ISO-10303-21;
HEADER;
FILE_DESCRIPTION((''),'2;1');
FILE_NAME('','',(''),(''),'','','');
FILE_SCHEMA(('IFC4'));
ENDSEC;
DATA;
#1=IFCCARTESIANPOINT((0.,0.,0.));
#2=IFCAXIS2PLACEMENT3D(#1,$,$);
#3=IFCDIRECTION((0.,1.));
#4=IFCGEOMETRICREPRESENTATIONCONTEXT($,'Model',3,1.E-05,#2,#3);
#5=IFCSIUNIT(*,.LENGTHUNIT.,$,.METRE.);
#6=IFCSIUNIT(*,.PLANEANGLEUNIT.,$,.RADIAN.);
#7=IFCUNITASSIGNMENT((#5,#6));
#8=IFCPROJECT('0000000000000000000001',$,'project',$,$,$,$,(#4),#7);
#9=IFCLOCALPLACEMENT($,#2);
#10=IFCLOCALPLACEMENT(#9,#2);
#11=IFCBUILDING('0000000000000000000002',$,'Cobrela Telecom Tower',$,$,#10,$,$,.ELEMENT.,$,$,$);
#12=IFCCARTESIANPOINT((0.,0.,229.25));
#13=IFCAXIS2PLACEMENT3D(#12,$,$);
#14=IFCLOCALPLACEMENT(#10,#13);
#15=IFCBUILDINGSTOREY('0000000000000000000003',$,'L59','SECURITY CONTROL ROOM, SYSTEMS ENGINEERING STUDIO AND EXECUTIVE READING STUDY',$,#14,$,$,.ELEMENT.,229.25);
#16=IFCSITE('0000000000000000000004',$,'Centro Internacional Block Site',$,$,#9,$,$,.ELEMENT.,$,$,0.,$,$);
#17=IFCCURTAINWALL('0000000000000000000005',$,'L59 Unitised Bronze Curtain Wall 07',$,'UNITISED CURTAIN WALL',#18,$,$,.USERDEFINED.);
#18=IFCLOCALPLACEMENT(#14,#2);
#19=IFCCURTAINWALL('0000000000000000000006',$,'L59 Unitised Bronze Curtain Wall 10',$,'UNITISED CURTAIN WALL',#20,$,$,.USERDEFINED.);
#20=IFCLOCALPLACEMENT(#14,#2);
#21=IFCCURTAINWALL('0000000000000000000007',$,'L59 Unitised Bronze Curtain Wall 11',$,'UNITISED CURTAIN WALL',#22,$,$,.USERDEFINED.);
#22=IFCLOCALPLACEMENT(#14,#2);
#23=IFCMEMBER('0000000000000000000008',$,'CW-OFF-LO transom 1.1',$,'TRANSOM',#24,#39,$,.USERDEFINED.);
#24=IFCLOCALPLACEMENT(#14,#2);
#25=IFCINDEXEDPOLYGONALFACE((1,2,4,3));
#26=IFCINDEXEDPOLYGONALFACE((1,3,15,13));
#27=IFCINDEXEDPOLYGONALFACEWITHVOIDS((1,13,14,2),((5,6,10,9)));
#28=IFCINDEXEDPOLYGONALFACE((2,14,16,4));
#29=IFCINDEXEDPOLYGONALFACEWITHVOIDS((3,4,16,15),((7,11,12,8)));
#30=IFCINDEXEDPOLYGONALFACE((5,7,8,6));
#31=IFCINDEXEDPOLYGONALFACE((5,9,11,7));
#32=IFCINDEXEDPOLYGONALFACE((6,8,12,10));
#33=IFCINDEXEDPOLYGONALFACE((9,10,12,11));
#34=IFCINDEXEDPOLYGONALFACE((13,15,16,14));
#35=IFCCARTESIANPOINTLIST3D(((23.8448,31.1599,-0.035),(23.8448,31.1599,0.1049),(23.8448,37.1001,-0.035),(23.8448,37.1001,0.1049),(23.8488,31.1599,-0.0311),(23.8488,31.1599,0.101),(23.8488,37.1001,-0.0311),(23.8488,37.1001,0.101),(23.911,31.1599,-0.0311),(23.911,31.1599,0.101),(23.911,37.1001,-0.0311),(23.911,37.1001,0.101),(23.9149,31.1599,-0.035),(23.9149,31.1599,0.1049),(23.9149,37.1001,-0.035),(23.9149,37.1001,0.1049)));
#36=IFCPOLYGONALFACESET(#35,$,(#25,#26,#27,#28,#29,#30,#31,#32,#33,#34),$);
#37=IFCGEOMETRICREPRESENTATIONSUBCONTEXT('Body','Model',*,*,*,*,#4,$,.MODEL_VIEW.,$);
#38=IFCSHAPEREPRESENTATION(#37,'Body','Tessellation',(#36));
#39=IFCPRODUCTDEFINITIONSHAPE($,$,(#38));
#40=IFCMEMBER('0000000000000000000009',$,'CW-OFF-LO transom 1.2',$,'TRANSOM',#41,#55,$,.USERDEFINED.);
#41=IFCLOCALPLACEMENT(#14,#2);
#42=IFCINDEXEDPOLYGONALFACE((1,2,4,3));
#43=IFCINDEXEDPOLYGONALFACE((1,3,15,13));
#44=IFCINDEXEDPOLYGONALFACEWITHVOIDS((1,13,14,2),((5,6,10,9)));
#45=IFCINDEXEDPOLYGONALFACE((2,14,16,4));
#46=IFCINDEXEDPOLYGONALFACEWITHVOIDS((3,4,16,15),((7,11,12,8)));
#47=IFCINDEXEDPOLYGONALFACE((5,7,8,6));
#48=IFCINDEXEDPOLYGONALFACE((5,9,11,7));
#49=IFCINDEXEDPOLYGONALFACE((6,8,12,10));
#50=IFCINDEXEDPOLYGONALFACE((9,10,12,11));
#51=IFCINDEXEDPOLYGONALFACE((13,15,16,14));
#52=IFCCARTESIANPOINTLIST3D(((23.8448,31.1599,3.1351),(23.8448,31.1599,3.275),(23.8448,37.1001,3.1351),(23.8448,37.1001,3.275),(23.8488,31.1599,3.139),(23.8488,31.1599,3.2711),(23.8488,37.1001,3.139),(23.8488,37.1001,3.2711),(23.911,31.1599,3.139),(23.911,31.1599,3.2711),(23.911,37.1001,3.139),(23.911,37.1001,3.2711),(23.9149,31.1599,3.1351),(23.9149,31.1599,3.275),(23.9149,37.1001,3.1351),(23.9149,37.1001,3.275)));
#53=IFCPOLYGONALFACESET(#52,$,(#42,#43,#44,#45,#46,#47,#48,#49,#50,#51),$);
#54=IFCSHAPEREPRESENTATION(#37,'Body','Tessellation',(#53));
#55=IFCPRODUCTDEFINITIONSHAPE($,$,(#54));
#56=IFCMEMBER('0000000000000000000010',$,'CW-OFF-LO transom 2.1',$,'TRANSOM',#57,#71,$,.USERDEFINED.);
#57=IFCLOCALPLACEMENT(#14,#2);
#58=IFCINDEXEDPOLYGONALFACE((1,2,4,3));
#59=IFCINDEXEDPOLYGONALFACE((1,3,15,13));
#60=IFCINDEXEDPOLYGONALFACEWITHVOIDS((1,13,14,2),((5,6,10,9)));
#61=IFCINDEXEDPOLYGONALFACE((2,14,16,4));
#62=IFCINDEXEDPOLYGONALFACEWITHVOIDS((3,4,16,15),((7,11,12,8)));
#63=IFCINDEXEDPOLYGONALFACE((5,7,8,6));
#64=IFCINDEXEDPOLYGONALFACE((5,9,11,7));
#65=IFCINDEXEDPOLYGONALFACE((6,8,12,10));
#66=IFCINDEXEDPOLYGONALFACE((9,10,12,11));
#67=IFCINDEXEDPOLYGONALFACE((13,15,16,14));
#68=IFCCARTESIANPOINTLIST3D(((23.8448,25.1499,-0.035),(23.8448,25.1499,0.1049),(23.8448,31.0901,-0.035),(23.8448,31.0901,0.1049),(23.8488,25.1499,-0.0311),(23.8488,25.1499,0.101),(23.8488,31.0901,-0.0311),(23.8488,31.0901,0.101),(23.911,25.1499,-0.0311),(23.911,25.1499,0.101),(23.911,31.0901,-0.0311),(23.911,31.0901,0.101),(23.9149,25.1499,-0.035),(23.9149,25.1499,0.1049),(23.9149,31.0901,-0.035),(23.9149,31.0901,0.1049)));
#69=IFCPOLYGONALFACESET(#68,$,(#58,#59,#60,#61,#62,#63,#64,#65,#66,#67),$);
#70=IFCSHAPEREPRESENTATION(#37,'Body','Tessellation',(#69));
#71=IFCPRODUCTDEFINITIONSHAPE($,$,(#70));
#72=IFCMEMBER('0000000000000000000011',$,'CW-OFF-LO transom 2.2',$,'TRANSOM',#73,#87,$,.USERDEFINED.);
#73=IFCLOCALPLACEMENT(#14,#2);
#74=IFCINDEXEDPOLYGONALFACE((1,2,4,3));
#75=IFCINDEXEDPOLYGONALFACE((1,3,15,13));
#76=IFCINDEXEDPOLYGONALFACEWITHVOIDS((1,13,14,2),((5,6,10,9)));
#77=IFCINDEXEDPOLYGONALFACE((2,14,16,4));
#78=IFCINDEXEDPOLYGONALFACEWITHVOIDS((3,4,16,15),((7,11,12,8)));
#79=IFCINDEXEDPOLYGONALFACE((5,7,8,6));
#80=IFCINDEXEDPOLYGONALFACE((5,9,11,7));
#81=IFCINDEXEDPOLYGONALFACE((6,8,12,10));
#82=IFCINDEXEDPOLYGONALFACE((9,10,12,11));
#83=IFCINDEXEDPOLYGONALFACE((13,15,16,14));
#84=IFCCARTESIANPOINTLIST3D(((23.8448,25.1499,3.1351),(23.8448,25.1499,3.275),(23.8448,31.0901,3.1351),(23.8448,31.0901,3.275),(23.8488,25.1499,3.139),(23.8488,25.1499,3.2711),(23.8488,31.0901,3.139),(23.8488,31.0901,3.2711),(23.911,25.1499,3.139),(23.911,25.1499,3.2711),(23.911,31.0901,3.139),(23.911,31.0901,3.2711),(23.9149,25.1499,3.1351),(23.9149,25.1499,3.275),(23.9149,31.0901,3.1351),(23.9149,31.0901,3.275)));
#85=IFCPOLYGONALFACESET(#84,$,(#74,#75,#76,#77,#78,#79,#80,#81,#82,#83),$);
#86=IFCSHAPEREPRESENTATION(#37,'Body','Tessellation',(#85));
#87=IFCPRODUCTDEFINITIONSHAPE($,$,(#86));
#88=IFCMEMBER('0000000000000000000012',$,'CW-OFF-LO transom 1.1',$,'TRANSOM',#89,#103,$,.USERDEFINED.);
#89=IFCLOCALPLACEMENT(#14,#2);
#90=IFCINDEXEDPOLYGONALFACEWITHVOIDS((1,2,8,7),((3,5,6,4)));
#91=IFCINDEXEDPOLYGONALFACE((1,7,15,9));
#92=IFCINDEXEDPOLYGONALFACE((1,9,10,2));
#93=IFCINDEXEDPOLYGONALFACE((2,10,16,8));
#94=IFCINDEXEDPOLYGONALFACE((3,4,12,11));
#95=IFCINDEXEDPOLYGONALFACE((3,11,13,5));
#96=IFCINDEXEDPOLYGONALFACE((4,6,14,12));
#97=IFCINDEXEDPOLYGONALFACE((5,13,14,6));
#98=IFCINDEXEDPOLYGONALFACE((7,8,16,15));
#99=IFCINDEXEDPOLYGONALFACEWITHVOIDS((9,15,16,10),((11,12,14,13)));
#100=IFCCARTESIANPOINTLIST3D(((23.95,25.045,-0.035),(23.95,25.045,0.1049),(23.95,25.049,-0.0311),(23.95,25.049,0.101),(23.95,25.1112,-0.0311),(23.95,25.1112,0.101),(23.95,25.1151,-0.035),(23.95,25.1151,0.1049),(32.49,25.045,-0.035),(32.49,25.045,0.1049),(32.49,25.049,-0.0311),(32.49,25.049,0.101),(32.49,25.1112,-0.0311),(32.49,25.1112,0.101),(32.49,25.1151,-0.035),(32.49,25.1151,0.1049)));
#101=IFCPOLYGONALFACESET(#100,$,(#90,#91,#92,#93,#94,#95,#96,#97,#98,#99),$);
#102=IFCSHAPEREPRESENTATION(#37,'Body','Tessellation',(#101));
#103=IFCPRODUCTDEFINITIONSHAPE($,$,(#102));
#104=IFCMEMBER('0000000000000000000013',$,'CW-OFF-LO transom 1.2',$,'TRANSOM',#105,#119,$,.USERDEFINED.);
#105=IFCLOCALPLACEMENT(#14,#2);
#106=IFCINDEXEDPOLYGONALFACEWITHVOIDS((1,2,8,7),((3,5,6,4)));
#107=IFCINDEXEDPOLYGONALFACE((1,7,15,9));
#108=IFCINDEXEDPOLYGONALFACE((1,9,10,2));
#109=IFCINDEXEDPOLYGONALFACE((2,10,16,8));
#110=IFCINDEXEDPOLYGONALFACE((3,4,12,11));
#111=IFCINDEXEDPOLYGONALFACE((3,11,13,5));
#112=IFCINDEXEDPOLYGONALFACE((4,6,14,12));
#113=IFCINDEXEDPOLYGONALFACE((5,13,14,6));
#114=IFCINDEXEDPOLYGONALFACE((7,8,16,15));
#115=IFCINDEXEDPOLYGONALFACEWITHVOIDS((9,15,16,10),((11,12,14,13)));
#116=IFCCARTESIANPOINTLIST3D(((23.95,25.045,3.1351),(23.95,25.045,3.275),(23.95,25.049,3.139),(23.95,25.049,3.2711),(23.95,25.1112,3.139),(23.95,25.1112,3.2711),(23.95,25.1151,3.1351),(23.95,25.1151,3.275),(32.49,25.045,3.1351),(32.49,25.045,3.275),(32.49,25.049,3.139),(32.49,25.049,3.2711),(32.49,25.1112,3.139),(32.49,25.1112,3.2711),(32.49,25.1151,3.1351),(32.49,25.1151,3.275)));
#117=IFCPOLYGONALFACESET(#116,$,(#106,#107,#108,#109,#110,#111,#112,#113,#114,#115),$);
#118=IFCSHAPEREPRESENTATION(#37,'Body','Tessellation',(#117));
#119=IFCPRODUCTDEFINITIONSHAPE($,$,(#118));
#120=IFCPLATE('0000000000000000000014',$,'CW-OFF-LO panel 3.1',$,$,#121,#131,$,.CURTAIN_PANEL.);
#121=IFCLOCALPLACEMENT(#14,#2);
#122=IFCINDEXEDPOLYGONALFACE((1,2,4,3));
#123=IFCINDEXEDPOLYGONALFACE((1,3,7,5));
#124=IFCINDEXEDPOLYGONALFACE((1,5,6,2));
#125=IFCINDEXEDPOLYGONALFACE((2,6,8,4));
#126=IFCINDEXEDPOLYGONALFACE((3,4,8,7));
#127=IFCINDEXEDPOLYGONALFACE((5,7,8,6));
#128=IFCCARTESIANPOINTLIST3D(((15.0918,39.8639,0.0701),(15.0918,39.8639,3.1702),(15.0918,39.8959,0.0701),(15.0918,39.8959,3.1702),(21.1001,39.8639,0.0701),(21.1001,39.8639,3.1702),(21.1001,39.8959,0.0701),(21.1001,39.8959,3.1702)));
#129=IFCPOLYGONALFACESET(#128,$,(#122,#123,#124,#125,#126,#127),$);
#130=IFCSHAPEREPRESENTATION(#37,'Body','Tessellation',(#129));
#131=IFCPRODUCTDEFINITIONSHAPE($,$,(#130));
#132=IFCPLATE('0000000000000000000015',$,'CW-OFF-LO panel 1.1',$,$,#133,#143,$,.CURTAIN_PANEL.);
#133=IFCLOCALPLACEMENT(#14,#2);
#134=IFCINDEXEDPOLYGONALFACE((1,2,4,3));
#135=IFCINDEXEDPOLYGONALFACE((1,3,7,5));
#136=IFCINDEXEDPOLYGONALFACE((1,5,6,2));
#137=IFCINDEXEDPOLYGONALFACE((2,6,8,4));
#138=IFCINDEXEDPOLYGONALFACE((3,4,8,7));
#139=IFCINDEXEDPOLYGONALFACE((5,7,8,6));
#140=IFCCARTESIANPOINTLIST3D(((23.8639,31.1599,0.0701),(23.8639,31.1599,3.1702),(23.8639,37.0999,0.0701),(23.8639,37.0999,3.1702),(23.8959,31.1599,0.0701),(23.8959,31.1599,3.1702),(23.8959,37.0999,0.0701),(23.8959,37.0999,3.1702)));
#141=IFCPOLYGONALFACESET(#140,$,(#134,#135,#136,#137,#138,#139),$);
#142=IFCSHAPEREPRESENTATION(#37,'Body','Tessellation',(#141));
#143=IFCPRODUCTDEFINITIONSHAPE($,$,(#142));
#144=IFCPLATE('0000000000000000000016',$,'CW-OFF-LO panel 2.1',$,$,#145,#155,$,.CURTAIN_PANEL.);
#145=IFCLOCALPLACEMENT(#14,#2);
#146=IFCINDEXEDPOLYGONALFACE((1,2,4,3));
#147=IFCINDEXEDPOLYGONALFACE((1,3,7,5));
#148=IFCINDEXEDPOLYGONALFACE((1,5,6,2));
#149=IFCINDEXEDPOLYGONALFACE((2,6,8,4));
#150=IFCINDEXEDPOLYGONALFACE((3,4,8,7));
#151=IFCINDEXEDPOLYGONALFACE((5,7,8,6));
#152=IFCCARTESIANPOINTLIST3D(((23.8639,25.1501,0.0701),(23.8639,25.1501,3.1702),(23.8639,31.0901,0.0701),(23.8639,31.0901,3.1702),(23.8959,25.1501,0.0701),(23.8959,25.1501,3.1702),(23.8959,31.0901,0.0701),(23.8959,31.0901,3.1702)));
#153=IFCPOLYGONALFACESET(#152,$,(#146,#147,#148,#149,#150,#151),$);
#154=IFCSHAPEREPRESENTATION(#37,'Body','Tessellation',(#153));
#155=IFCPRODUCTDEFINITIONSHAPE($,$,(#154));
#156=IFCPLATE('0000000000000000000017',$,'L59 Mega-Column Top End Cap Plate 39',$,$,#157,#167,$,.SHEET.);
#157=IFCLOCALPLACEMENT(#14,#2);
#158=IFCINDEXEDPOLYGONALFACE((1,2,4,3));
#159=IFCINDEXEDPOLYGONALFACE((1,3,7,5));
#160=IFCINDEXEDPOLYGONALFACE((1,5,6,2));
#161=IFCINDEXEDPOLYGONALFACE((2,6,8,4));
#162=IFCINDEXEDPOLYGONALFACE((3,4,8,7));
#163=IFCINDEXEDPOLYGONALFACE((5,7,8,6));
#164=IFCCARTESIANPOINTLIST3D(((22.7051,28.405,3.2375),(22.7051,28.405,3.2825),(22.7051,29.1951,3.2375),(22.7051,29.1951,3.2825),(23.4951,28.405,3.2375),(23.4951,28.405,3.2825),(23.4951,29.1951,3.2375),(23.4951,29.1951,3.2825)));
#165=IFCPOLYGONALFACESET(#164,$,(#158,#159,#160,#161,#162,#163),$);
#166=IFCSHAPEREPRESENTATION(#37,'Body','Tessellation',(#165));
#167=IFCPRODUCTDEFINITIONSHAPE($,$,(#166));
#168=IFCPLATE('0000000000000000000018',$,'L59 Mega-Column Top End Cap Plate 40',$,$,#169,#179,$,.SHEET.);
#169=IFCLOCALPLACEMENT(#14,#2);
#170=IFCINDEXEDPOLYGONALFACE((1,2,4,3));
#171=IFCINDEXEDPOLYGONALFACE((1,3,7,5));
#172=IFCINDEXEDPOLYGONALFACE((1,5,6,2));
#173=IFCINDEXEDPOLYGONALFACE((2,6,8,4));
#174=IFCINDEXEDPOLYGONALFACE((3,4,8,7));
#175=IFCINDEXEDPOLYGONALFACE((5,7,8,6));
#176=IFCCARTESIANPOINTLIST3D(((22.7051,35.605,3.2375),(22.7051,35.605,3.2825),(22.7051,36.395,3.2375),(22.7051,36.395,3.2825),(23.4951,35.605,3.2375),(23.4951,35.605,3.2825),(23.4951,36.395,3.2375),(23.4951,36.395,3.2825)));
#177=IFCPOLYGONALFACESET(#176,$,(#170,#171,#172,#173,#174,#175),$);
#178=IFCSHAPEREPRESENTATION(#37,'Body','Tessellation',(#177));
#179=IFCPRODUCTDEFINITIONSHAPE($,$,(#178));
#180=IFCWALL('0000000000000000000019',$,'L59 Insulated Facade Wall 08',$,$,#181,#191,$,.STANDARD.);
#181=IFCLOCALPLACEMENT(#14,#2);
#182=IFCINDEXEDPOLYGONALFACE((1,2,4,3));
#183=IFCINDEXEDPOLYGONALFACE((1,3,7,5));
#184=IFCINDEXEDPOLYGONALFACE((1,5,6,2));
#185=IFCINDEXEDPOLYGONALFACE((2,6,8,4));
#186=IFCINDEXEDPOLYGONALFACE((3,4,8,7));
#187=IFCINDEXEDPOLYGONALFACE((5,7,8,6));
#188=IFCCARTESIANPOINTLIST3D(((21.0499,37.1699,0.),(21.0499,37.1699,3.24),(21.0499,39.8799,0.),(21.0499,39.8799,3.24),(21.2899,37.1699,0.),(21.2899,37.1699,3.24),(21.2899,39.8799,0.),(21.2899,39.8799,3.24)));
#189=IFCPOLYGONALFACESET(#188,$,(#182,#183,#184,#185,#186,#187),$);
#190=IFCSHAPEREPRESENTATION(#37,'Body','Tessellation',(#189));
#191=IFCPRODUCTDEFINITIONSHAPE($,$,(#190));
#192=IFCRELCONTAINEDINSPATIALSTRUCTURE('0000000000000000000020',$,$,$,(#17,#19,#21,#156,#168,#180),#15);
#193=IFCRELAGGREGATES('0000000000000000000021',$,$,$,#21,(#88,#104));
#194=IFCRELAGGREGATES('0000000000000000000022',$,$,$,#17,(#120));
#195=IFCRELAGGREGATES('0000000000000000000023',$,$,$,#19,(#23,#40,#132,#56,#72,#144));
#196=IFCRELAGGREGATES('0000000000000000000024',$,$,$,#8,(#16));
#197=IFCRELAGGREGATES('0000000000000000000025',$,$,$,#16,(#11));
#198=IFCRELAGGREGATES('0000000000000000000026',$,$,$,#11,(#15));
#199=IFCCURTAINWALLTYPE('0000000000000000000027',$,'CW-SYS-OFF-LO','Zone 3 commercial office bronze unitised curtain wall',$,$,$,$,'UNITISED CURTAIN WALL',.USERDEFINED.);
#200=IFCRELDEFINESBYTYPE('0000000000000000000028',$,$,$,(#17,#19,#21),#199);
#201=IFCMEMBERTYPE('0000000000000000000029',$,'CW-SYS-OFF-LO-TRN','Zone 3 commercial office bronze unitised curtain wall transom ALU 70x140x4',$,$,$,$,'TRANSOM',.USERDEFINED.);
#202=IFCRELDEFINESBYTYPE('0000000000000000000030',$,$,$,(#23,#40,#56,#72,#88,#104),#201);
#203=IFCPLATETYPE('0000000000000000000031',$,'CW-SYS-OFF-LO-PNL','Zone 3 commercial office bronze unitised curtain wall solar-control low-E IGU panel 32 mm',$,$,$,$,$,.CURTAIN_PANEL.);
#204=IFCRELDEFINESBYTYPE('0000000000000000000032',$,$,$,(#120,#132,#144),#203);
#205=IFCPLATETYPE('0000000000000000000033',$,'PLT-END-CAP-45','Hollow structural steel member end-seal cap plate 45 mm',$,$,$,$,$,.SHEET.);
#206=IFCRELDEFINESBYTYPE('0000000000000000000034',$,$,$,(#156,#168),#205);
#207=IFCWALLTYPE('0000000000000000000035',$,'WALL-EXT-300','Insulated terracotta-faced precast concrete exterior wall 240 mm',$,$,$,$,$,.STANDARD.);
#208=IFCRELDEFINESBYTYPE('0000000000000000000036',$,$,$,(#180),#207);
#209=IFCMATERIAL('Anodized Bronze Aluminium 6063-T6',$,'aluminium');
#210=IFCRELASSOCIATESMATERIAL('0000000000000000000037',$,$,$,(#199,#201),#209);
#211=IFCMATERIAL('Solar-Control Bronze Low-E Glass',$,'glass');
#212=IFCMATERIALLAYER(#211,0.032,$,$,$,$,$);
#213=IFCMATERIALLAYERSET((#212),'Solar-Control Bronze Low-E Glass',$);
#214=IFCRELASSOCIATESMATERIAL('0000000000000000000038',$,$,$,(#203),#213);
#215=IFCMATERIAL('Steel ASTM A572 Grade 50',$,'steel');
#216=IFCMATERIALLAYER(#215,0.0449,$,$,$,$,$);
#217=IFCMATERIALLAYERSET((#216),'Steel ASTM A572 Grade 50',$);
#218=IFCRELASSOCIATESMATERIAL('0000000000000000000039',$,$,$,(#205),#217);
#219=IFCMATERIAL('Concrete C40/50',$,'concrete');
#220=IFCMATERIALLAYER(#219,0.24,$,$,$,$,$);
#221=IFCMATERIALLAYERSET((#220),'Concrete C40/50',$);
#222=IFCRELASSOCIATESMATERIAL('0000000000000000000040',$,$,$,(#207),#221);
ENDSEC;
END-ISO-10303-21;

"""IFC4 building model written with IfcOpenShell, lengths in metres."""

from ifc_helpers import new_model, si_unit, direction, frame, frame_2d, origin, origin_2d, place, context, subcontext, project, spatial, rectangle, hollow_rectangle, extrude, material, layer, layer_set, material_profile, profile_set, type_object, element, aggregate, save


model = new_model("IFC4")

# Units and contexts
model_context = context("Model", 3, precision=1e-05, world=origin(), true_north=direction((0.0, 1.0)))
body_context = subcontext(model_context, "Body", "Model", "MODEL_VIEW")
ifc_project = project(units=[si_unit("LENGTHUNIT", "METRE"), si_unit("PLANEANGLEUNIT", "RADIAN")], contexts=[model_context])

# Site, building, storey
site_placement = place(None, origin())
site = spatial("IfcSite", under=ifc_project, at=site_placement, Name="Centro Internacional Block Site", CompositionType="ELEMENT", RefElevation=0.0)
building_placement = place(site_placement, origin())
building = spatial("IfcBuilding", under=site, at=building_placement, Name="Cobrela Telecom Tower", CompositionType="ELEMENT")
storey_placement = place(building_placement, frame((0.0, 0.0, 229.25)))
storey = spatial("IfcBuildingStorey", under=building, at=storey_placement, Name="L59", Description="SECURITY CONTROL ROOM, SYSTEMS ENGINEERING STUDIO AND EXECUTIVE READING STUDY", CompositionType="ELEMENT", Elevation=229.25)

# Shared definitions
ifc_material_1 = material(Name="Steel ASTM A572 Grade 50", Category="steel")

# Curtain wall
ifc_material_2 = material(Name="Anodized Bronze Aluminium 6063-T6", Category="aluminium")
curtain_wall_type = type_object("IfcCurtainWallType", Name="CW-SYS-OFF-LO", Description="Zone 3 commercial office bronze unitised curtain wall", ElementType="UNITISED CURTAIN WALL", PredefinedType="USERDEFINED", material=ifc_material_2)
curtain_wall_1_placement = place(storey_placement, origin())
curtain_wall_1 = element("IfcCurtainWall", 1, at=curtain_wall_1_placement, inside=storey, type_object=curtain_wall_type, Name="L59 Unitised Bronze Curtain Wall 07", ObjectType="UNITISED CURTAIN WALL", PredefinedType="USERDEFINED")

# Curtain wall
curtain_wall_2_placement = place(storey_placement, origin())
curtain_wall_2 = element("IfcCurtainWall", 2, at=curtain_wall_2_placement, inside=storey, type_object=curtain_wall_type, Name="L59 Unitised Bronze Curtain Wall 10", ObjectType="UNITISED CURTAIN WALL", PredefinedType="USERDEFINED")

# Curtain wall
curtain_wall_3_placement = place(storey_placement, origin())
curtain_wall_3 = element("IfcCurtainWall", 3, at=curtain_wall_3_placement, inside=storey, type_object=curtain_wall_type, Name="L59 Unitised Bronze Curtain Wall 11", ObjectType="UNITISED CURTAIN WALL", PredefinedType="USERDEFINED")

# Members
ifc_material_profile_1 = material_profile(ifc_material_2, hollow_rectangle(XDim=0.0701, YDim=0.1399, WallThickness=0.0039, at=origin_2d()), Name="ALU 70x140x4")
ifc_profile_set_1 = profile_set([ifc_material_profile_1], Name="Anodized Bronze Aluminium 6063-T6")
member_type_1 = type_object("IfcMemberType", Name="CW-SYS-OFF-LO-TRN", Description="Zone 3 commercial office bronze unitised curtain wall transom ALU 70x140x4", ElementType="TRANSOM", PredefinedType="USERDEFINED", material=ifc_profile_set_1)
member_1_placement = place(storey_placement, frame((23.8799, 37.1001, 0.0349), z_axis=(0.0, -1.0, 0.0), x_axis=(1.0, 0.0, 0.0)))
member_1 = element("IfcMember", 4, at=member_1_placement, type_object=member_type_1, Name="CW-OFF-LO transom 1.1", ObjectType="TRANSOM", PredefinedType="USERDEFINED", context=body_context, shape_type="SweptSolid", body=[
    extrude(hollow_rectangle(XDim=0.0701, YDim=0.1399, WallThickness=0.0039, at=origin_2d()), origin(), (0.0, 0.0, 1.0), 5.9402),
])
member_2_placement = place(storey_placement, frame((23.8799, 37.1001, 3.2051), z_axis=(0.0, -1.0, 0.0), x_axis=(1.0, 0.0, 0.0)))
member_2 = element("IfcMember", 5, at=member_2_placement, type_object=member_type_1, Name="CW-OFF-LO transom 1.2", ObjectType="TRANSOM", PredefinedType="USERDEFINED", context=body_context, shape_type="SweptSolid", body=[
    extrude(hollow_rectangle(XDim=0.0701, YDim=0.1399, WallThickness=0.0039, at=origin_2d()), origin(), (0.0, 0.0, 1.0), 5.9402),
])
member_3_placement = place(storey_placement, frame((23.8799, 31.0901, 0.0349), z_axis=(0.0, -1.0, 0.0), x_axis=(1.0, 0.0, 0.0)))
member_3 = element("IfcMember", 6, at=member_3_placement, type_object=member_type_1, Name="CW-OFF-LO transom 2.1", ObjectType="TRANSOM", PredefinedType="USERDEFINED", context=body_context, shape_type="SweptSolid", body=[
    extrude(hollow_rectangle(XDim=0.0701, YDim=0.1399, WallThickness=0.0039, at=origin_2d()), origin(), (0.0, 0.0, 1.0), 5.9402),
])
member_4_placement = place(storey_placement, frame((23.8799, 31.0901, 3.2051), z_axis=(0.0, -1.0, 0.0), x_axis=(1.0, 0.0, 0.0)))
member_4 = element("IfcMember", 7, at=member_4_placement, type_object=member_type_1, Name="CW-OFF-LO transom 2.2", ObjectType="TRANSOM", PredefinedType="USERDEFINED", context=body_context, shape_type="SweptSolid", body=[
    extrude(hollow_rectangle(XDim=0.0701, YDim=0.1399, WallThickness=0.0039, at=origin_2d()), origin(), (0.0, 0.0, 1.0), 5.9402),
])
member_5_placement = place(storey_placement, frame((23.95, 25.0801, 0.0349), z_axis=(1.0, 0.0, 0.0), x_axis=(0.0, 1.0, 0.0)))
member_5 = element("IfcMember", 8, at=member_5_placement, type_object=member_type_1, Name="CW-OFF-LO transom 1.1", ObjectType="TRANSOM", PredefinedType="USERDEFINED", context=body_context, shape_type="SweptSolid", body=[
    extrude(hollow_rectangle(XDim=0.0701, YDim=0.1399, WallThickness=0.0039, at=origin_2d()), origin(), (0.0, 0.0, 1.0), 8.54),
])
member_6_placement = place(storey_placement, frame((23.95, 25.0801, 3.2051), z_axis=(1.0, 0.0, 0.0), x_axis=(0.0, 1.0, 0.0)))
member_6 = element("IfcMember", 9, at=member_6_placement, type_object=member_type_1, Name="CW-OFF-LO transom 1.2", ObjectType="TRANSOM", PredefinedType="USERDEFINED", context=body_context, shape_type="SweptSolid", body=[
    extrude(hollow_rectangle(XDim=0.0701, YDim=0.1399, WallThickness=0.0039, at=origin_2d()), origin(), (0.0, 0.0, 1.0), 8.54),
])
aggregate(curtain_wall_3, [member_5, member_6])

# Plates
ifc_material_3 = material(Name="Solar-Control Bronze Low-E Glass", Category="glass")
ifc_layer_1 = layer(ifc_material_3, 0.032)
ifc_layer_set_1 = layer_set([ifc_layer_1], Name="Solar-Control Bronze Low-E Glass")
plate_type_1 = type_object("IfcPlateType", Name="CW-SYS-OFF-LO-PNL", Description="Zone 3 commercial office bronze unitised curtain wall solar-control low-E IGU panel 32 mm", PredefinedType="CURTAIN_PANEL", material=ifc_layer_set_1)
plate_1_placement = place(storey_placement, frame((18.0959, 39.8799, 0.0701), z_axis=(0.0, 0.0, 1.0), x_axis=(1.0, 0.0, 0.0)))
plate_1 = element("IfcPlate", 10, at=plate_1_placement, type_object=plate_type_1, Name="CW-OFF-LO panel 3.1", PredefinedType="CURTAIN_PANEL", context=body_context, shape_type="SweptSolid", body=[
    extrude(rectangle(XDim=6.0083, YDim=0.032, at=origin_2d()), origin(), (0.0, 0.0, 1.0), 3.1001),
])
aggregate(curtain_wall_1, [plate_1])
plate_2_placement = place(storey_placement, frame((23.8799, 34.1299, 0.0701), z_axis=(0.0, 0.0, 1.0), x_axis=(0.0, -1.0, 0.0)))
plate_2 = element("IfcPlate", 11, at=plate_2_placement, type_object=plate_type_1, Name="CW-OFF-LO panel 1.1", PredefinedType="CURTAIN_PANEL", context=body_context, shape_type="SweptSolid", body=[
    extrude(rectangle(XDim=5.9399, YDim=0.032, at=origin_2d()), origin(), (0.0, 0.0, 1.0), 3.1001),
])
plate_3_placement = place(storey_placement, frame((23.8799, 28.1201, 0.0701), z_axis=(0.0, 0.0, 1.0), x_axis=(0.0, -1.0, 0.0)))
plate_3 = element("IfcPlate", 12, at=plate_3_placement, type_object=plate_type_1, Name="CW-OFF-LO panel 2.1", PredefinedType="CURTAIN_PANEL", context=body_context, shape_type="SweptSolid", body=[
    extrude(rectangle(XDim=5.9399, YDim=0.032, at=origin_2d()), origin(), (0.0, 0.0, 1.0), 3.1001),
])
aggregate(curtain_wall_2, [member_1, member_2, plate_2, member_3, member_4, plate_3])

# Plates
ifc_layer_2 = layer(ifc_material_1, 0.0449)
ifc_layer_set_2 = layer_set([ifc_layer_2], Name="Steel ASTM A572 Grade 50")
plate_type_2 = type_object("IfcPlateType", Name="PLT-END-CAP-45", Description="Hollow structural steel member end-seal cap plate 45 mm", PredefinedType="SHEET", material=ifc_layer_set_2)
for number, where, z_axis, x_axis, name in (
    (13, (23.1001, 28.8, 3.2375), (0.0, 0.0, 1.0), (1.0, 0.0, 0.0), "L59 Mega-Column Top End Cap Plate 39"),
    (14, (23.1001, 36.0, 3.2375), (0.0, 0.0, 1.0), (1.0, 0.0, 0.0), "L59 Mega-Column Top End Cap Plate 40"),
):
    element("IfcPlate", number, at=place(storey_placement, frame(where, z_axis=z_axis, x_axis=x_axis)), inside=storey, type_object=plate_type_2, Name=name, PredefinedType="SHEET", context=body_context, shape_type="SweptSolid", body=[
        extrude(rectangle(XDim=0.79, YDim=0.79, at=origin_2d()), origin(), (0.0, 0.0, 1.0), 0.0449),
    ])

# Wall
ifc_material_4 = material(Name="Concrete C40/50", Category="concrete")
ifc_layer_3 = layer(ifc_material_4, 0.24)
ifc_layer_set_3 = layer_set([ifc_layer_3], Name="Concrete C40/50")
wall_type = type_object("IfcWallType", Name="WALL-EXT-300", Description="Insulated terracotta-faced precast concrete exterior wall 240 mm", PredefinedType="STANDARD", material=ifc_layer_set_3)
wall_1_placement = place(storey_placement, frame((21.1699, 39.8799, 0.0), z_axis=(0.0, 0.0, 1.0), x_axis=(0.0, -1.0, 0.0)))
element("IfcWall", 15, at=wall_1_placement, inside=storey, type_object=wall_type, Name="L59 Insulated Facade Wall 08", PredefinedType="STANDARD", context=body_context, shape_type="SweptSolid", body=[
    extrude(rectangle(XDim=2.71, YDim=0.24, at=frame_2d((1.355, 0.0))), origin(), (0.0, 0.0, 1.0), 3.24),
])

save(model, "model.ifc")
